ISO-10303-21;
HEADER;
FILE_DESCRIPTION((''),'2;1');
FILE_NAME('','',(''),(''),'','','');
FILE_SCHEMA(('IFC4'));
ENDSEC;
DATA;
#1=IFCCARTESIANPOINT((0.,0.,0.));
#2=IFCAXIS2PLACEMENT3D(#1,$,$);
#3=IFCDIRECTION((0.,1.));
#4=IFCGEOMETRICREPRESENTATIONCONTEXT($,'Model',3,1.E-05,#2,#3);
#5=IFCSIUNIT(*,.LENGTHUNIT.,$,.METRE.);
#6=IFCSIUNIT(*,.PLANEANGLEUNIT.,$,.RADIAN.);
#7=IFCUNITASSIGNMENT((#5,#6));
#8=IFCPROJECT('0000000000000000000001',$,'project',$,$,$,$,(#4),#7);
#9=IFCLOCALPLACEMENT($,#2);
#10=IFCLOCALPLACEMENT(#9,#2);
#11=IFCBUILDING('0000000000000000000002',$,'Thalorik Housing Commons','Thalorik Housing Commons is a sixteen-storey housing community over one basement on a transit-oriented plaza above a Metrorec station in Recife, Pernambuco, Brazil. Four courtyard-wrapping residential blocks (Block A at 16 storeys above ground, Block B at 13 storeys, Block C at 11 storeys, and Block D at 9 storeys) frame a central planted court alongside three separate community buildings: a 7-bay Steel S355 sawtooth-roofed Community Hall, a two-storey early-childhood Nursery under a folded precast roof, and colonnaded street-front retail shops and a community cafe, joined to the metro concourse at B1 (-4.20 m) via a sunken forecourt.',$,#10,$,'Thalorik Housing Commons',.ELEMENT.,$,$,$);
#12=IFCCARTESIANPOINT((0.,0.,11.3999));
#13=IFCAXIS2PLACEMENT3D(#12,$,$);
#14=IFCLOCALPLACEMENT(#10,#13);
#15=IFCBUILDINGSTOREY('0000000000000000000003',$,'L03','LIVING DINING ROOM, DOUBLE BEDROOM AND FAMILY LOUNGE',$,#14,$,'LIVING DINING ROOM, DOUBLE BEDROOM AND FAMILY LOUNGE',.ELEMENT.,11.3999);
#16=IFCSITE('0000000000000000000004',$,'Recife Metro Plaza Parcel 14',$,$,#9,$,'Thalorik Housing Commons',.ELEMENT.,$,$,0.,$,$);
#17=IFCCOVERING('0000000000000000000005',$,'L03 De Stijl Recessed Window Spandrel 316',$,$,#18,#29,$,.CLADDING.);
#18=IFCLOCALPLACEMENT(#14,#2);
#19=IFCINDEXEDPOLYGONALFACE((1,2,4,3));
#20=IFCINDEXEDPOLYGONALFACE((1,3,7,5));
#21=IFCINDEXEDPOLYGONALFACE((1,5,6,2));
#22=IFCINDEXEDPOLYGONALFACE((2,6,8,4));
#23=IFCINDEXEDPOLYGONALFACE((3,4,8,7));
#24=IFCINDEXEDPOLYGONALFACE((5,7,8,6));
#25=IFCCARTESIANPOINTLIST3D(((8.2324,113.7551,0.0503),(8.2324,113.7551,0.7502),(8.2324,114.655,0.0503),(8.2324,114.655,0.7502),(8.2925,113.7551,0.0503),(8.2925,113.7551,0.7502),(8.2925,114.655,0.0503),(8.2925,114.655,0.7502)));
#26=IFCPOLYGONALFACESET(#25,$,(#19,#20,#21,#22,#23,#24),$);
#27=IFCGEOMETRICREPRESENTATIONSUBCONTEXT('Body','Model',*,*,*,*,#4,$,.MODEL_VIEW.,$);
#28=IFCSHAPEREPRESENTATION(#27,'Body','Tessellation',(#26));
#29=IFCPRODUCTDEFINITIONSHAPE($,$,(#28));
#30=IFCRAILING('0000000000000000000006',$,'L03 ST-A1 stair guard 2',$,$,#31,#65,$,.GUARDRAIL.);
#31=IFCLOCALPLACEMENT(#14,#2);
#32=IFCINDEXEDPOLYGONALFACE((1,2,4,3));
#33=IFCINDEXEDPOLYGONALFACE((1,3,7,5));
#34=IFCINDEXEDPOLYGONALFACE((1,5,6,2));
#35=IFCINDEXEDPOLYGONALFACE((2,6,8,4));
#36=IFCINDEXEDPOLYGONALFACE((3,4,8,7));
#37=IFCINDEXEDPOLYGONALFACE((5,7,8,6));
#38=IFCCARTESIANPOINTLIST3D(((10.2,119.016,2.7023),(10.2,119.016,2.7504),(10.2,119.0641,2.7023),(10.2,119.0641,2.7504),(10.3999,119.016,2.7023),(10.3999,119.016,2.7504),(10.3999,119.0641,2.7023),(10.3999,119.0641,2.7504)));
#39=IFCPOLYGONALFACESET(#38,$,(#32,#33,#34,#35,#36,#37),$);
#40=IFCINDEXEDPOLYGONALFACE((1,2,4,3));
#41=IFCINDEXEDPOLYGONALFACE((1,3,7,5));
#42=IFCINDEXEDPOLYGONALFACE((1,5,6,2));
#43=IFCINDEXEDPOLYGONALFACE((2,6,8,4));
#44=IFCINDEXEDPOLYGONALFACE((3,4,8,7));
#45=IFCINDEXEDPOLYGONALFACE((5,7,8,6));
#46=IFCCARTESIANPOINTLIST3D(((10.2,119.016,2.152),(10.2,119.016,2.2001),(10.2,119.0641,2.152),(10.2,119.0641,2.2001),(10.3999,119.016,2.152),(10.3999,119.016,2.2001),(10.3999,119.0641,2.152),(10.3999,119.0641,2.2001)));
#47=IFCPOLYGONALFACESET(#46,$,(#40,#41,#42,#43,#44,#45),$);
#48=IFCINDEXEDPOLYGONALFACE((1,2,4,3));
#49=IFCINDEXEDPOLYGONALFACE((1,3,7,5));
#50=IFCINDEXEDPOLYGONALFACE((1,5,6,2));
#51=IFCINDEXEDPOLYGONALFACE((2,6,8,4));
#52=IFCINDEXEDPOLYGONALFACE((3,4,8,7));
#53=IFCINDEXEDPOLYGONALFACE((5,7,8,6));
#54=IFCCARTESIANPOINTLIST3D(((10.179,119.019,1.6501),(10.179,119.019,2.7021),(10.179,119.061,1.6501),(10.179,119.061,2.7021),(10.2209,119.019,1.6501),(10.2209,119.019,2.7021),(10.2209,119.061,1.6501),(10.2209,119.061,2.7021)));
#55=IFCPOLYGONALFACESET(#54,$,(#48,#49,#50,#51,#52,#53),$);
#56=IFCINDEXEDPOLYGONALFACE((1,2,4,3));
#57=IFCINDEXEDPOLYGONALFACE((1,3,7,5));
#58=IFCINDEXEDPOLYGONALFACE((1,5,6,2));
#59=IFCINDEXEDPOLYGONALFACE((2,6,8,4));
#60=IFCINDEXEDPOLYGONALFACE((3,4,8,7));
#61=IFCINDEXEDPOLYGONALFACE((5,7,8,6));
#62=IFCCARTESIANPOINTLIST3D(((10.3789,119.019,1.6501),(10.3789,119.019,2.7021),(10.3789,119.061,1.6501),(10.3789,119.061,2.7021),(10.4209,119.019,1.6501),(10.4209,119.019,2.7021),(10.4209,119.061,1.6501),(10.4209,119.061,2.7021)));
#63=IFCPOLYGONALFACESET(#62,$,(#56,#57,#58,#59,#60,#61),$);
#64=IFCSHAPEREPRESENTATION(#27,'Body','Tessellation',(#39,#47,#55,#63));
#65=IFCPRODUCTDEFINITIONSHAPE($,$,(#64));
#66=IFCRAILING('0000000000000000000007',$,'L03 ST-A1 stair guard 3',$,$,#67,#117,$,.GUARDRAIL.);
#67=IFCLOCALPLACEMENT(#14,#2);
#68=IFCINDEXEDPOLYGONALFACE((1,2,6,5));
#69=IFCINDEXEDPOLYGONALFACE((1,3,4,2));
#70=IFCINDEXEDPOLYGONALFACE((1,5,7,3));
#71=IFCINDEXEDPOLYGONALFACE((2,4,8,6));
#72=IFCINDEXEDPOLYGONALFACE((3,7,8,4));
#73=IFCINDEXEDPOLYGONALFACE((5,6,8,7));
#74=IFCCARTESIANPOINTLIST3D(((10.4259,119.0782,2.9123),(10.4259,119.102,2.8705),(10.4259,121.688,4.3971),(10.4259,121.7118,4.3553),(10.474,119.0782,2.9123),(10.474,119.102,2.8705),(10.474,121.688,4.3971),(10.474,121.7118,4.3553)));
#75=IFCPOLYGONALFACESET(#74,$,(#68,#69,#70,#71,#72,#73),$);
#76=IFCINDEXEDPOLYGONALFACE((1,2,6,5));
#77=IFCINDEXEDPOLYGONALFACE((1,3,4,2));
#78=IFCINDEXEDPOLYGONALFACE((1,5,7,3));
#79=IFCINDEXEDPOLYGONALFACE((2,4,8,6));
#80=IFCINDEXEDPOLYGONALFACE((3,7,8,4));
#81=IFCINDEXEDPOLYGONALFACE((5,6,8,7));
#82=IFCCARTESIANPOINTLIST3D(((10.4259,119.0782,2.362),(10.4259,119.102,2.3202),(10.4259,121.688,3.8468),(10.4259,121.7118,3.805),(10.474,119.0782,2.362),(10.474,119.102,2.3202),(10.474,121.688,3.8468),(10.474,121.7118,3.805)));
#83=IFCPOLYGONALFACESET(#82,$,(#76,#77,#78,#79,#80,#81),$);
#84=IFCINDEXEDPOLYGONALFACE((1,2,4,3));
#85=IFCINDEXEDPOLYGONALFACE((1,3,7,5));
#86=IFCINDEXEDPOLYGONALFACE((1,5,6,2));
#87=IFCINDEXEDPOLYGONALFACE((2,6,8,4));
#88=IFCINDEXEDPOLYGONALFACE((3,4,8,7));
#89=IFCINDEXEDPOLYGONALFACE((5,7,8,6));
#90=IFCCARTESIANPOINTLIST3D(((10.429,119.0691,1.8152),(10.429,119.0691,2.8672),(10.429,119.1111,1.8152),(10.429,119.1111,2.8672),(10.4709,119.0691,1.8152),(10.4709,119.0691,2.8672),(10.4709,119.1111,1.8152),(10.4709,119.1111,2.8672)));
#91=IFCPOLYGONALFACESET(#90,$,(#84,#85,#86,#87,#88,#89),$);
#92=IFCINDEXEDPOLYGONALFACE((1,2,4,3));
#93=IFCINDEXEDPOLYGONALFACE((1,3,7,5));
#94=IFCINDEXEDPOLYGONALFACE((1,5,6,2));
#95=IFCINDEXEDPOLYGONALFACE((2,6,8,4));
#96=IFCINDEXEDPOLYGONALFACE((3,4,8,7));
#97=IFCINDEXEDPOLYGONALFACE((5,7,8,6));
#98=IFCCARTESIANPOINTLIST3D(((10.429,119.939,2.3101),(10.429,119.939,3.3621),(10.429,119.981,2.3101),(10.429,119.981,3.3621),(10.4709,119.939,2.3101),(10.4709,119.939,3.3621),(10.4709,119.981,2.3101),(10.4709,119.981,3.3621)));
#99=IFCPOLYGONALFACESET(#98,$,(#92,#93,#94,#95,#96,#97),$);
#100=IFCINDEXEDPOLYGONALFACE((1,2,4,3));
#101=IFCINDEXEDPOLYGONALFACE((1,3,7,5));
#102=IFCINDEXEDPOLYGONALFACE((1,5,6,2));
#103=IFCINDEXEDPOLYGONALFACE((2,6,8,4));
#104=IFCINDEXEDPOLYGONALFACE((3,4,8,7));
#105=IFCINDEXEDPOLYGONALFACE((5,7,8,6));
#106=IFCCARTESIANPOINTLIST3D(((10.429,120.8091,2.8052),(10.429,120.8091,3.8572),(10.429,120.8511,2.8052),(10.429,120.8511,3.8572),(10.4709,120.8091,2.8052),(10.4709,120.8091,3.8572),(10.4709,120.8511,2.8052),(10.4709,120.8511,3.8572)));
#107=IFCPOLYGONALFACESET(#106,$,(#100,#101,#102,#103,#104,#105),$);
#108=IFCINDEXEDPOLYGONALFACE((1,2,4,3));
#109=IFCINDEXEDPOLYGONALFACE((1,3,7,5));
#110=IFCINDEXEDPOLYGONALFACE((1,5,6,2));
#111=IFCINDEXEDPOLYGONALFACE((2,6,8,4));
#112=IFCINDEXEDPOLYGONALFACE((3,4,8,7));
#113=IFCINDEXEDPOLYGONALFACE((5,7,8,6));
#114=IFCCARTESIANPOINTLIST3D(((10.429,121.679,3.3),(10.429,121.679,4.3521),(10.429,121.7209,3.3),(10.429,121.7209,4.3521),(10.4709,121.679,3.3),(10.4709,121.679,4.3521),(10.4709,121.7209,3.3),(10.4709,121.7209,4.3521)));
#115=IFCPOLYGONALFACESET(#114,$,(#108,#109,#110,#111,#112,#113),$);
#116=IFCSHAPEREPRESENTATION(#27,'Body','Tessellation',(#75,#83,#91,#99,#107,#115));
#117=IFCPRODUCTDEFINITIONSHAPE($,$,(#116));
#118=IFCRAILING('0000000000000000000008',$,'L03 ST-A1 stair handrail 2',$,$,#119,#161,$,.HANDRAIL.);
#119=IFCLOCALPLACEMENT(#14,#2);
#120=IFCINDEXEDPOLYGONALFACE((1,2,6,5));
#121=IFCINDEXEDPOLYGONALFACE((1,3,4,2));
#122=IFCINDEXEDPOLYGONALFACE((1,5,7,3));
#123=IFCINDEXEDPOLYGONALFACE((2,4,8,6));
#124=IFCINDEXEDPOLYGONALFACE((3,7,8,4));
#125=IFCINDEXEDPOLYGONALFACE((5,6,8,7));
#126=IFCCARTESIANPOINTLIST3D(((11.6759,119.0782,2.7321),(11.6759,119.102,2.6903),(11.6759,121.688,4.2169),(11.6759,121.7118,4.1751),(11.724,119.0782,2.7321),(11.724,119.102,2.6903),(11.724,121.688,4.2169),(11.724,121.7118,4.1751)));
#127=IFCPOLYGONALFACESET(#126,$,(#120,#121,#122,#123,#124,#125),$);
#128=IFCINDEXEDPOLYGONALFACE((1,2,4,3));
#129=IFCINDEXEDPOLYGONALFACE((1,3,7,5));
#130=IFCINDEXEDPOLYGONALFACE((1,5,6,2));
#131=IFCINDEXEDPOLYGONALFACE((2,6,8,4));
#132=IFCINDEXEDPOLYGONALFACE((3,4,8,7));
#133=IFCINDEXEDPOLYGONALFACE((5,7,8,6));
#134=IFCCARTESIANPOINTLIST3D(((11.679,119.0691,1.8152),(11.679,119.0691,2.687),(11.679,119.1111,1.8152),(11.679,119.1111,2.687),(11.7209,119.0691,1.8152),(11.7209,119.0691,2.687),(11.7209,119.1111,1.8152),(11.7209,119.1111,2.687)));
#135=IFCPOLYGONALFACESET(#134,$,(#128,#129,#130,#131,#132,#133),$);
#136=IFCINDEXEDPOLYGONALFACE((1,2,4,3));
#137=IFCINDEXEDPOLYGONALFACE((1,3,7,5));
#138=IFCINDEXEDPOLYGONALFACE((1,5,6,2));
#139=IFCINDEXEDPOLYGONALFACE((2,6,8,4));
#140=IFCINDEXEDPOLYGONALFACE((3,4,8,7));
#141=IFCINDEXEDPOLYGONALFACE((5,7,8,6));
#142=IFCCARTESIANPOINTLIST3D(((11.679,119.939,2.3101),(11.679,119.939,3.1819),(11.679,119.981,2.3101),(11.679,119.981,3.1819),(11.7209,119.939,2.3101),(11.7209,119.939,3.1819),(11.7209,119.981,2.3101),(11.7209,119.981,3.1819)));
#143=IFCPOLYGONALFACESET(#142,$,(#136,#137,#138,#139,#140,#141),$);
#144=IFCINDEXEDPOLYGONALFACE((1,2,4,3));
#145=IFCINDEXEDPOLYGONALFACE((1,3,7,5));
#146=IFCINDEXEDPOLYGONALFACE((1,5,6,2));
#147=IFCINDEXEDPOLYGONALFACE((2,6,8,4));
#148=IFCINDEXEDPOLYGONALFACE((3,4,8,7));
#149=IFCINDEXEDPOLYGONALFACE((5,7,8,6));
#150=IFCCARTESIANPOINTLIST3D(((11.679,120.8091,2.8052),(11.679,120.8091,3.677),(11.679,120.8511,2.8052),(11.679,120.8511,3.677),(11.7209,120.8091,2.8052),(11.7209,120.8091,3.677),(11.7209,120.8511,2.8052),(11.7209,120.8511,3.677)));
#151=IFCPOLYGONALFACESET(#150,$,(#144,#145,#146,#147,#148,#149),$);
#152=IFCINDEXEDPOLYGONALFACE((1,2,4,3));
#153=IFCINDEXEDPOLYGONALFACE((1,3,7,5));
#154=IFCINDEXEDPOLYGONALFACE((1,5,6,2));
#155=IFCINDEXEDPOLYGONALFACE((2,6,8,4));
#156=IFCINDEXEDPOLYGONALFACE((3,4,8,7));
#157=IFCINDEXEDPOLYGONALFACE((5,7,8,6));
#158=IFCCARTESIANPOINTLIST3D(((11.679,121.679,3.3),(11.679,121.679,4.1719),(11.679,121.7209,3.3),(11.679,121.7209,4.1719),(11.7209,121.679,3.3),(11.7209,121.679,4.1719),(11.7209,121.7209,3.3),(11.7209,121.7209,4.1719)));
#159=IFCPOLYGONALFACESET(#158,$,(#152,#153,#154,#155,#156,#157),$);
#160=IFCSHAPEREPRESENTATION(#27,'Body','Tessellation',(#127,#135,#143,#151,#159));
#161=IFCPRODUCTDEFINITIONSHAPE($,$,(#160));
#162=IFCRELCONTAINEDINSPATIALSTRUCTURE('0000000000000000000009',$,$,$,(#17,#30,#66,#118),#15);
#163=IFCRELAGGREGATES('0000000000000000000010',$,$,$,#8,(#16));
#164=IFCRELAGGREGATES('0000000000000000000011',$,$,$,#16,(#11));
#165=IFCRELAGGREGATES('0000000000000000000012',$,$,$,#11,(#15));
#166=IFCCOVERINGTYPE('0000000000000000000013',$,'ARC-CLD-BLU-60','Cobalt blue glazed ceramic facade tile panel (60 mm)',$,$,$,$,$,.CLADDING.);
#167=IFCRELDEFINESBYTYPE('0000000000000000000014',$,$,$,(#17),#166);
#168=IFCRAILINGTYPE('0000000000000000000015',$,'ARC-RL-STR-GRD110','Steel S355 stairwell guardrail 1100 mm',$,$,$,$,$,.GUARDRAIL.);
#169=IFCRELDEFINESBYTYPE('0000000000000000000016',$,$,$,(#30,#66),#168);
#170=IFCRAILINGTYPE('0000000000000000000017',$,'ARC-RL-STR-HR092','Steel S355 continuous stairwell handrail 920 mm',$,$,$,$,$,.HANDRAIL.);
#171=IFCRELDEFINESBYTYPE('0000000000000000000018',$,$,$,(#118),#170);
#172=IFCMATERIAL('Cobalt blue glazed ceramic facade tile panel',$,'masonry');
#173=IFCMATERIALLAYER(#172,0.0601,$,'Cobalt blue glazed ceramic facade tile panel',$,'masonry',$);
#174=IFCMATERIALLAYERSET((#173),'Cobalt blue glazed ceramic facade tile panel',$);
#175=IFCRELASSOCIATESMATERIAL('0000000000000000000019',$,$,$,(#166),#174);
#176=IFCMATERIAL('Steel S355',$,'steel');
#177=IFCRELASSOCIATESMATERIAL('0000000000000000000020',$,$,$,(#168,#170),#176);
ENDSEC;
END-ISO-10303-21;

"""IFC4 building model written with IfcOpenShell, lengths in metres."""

from ifc_helpers import new_model, si_unit, direction, frame, origin, origin_2d, place, context, subcontext, project, spatial, rectangle, extrude, material, layer, layer_set, type_object, element, save


model = new_model("IFC4")

# Units and contexts
model_context = context("Model", 3, precision=1e-05, world=origin(), true_north=direction((0.0, 1.0)))
body_context = subcontext(model_context, "Body", "Model", "MODEL_VIEW")
ifc_project = project(units=[si_unit("LENGTHUNIT", "METRE"), si_unit("PLANEANGLEUNIT", "RADIAN")], contexts=[model_context])

# Site, building, storey
site_placement = place(None, origin())
site = spatial("IfcSite", under=ifc_project, at=site_placement, Name="Recife Metro Plaza Parcel 14", LongName="Thalorik Housing Commons", CompositionType="ELEMENT", RefElevation=0.0)
building_placement = place(site_placement, origin())
building = spatial("IfcBuilding", under=site, at=building_placement, Name="Thalorik Housing Commons", Description="Thalorik Housing Commons is a sixteen-storey housing community over one basement on a transit-oriented plaza above a Metrorec station in Recife, Pernambuco, Brazil. Four courtyard-wrapping residential blocks (Block A at 16 storeys above ground, Block B at 13 storeys, Block C at 11 storeys, and Block D at 9 storeys) frame a central planted court alongside three separate community buildings: a 7-bay Steel S355 sawtooth-roofed Community Hall, a two-storey early-childhood Nursery under a folded precast roof, and colonnaded street-front retail shops and a community cafe, joined to the metro concourse at B1 (-4.20 m) via a sunken forecourt.", LongName="Thalorik Housing Commons", CompositionType="ELEMENT")
storey_placement = place(building_placement, frame((0.0, 0.0, 11.3999)))
storey = spatial("IfcBuildingStorey", under=building, at=storey_placement, Name="L03", Description="LIVING DINING ROOM, DOUBLE BEDROOM AND FAMILY LOUNGE", LongName="LIVING DINING ROOM, DOUBLE BEDROOM AND FAMILY LOUNGE", CompositionType="ELEMENT", Elevation=11.3999)

# Shared definitions
ifc_material_1 = material(Name="Steel S355", Category="steel")

# Covering
ifc_material_2 = material(Name="Cobalt blue glazed ceramic facade tile panel", Category="masonry")
ifc_layer_1 = layer(ifc_material_2, 0.0601, Name="Cobalt blue glazed ceramic facade tile panel", Category="masonry")
ifc_layer_set_1 = layer_set([ifc_layer_1], Name="Cobalt blue glazed ceramic facade tile panel")
covering_type = type_object("IfcCoveringType", Name="ARC-CLD-BLU-60", Description="Cobalt blue glazed ceramic facade tile panel (60 mm)", PredefinedType="CLADDING", material=ifc_layer_set_1)
covering_placement = place(storey_placement, frame((8.2625, 114.2051, 0.0503), z_axis=(0.0, 0.0, 1.0), x_axis=(0.0, -1.0, 0.0)))
element("IfcCovering", 1, at=covering_placement, inside=storey, type_object=covering_type, Name="L03 De Stijl Recessed Window Spandrel 316", PredefinedType="CLADDING", context=body_context, shape_type="SweptSolid", body=[
    extrude(rectangle(XDim=0.8999, YDim=0.0601, at=origin_2d()), origin(), (0.0, 0.0, 1.0), 0.7),
])

# Railings
railing_type_1 = type_object("IfcRailingType", Name="ARC-RL-STR-GRD110", Description="Steel S355 stairwell guardrail 1100 mm", PredefinedType="GUARDRAIL", material=ifc_material_1)
railing_1_placement = place(storey_placement, frame((10.2, 119.04, 1.6501)))
element("IfcRailing", 2, at=railing_1_placement, inside=storey, type_object=railing_type_1, Name="L03 ST-A1 stair guard 2", PredefinedType="GUARDRAIL", context=body_context, shape_type="SweptSolid", body=[
    extrude(rectangle(XDim=0.0481, YDim=0.0481, at=origin_2d()), frame((0.0, 0.0, 1.0762), z_axis=(1.0, 0.0, 0.0), x_axis=(0.0, 1.0, 0.0)), (0.0, 0.0, 1.0), 0.2),
    extrude(rectangle(XDim=0.0481, YDim=0.0481, at=origin_2d()), frame((0.0, 0.0, 0.5259), z_axis=(1.0, 0.0, 0.0), x_axis=(0.0, 1.0, 0.0)), (0.0, 0.0, 1.0), 0.2),
    extrude(rectangle(XDim=0.042, YDim=0.042, at=origin_2d()), origin(), (0.0, 0.0, 1.0), 1.052),
    extrude(rectangle(XDim=0.042, YDim=0.042, at=origin_2d()), frame((0.2, 0.0, 0.0)), (0.0, 0.0, 1.0), 1.052),
])
railing_2_placement = place(storey_placement, frame((10.45, 119.0901, 1.8152)))
element("IfcRailing", 3, at=railing_2_placement, inside=storey, type_object=railing_type_1, Name="L03 ST-A1 stair guard 3", PredefinedType="GUARDRAIL", context=body_context, shape_type="SweptSolid", body=[
    extrude(rectangle(XDim=0.0481, YDim=0.0481, at=origin_2d()), frame((0.0, 0.0, 1.0762), z_axis=(0.0, 0.869172, 0.494509), x_axis=(-1.0, 0.0, 0.0)), (0.0, 0.0, 1.0), 3.0027),
    extrude(rectangle(XDim=0.0481, YDim=0.0481, at=origin_2d()), frame((0.0, 0.0, 0.5259), z_axis=(0.0, 0.869172, 0.494509), x_axis=(-1.0, 0.0, 0.0)), (0.0, 0.0, 1.0), 3.0027),
    extrude(rectangle(XDim=0.042, YDim=0.042, at=origin_2d()), origin(), (0.0, 0.0, 1.0), 1.052),
    extrude(rectangle(XDim=0.042, YDim=0.042, at=origin_2d()), frame((0.0, 0.8699, 0.4949)), (0.0, 0.0, 1.0), 1.052),
    extrude(rectangle(XDim=0.042, YDim=0.042, at=origin_2d()), frame((0.0, 1.74, 0.99)), (0.0, 0.0, 1.0), 1.052),
    extrude(rectangle(XDim=0.042, YDim=0.042, at=origin_2d()), frame((0.0, 2.6099, 1.4849)), (0.0, 0.0, 1.0), 1.052),
])
railing_type_2 = type_object("IfcRailingType", Name="ARC-RL-STR-HR092", Description="Steel S355 continuous stairwell handrail 920 mm", PredefinedType="HANDRAIL", material=ifc_material_1)
railing_3_placement = place(storey_placement, frame((11.7, 119.0901, 1.8152)))
element("IfcRailing", 4, at=railing_3_placement, inside=storey, type_object=railing_type_2, Name="L03 ST-A1 stair handrail 2", PredefinedType="HANDRAIL", context=body_context, shape_type="SweptSolid", body=[
    extrude(rectangle(XDim=0.0481, YDim=0.0481, at=origin_2d()), frame((0.0, 0.0, 0.896), z_axis=(0.0, 0.869172, 0.494509), x_axis=(-1.0, 0.0, 0.0)), (0.0, 0.0, 1.0), 3.0027),
    extrude(rectangle(XDim=0.042, YDim=0.042, at=origin_2d()), origin(), (0.0, 0.0, 1.0), 0.8718),
    extrude(rectangle(XDim=0.042, YDim=0.042, at=origin_2d()), frame((0.0, 0.8699, 0.4949)), (0.0, 0.0, 1.0), 0.8718),
    extrude(rectangle(XDim=0.042, YDim=0.042, at=origin_2d()), frame((0.0, 1.74, 0.99)), (0.0, 0.0, 1.0), 0.8718),
    extrude(rectangle(XDim=0.042, YDim=0.042, at=origin_2d()), frame((0.0, 2.6099, 1.4849)), (0.0, 0.0, 1.0), 0.8718),
])

save(model, "model.ifc")
